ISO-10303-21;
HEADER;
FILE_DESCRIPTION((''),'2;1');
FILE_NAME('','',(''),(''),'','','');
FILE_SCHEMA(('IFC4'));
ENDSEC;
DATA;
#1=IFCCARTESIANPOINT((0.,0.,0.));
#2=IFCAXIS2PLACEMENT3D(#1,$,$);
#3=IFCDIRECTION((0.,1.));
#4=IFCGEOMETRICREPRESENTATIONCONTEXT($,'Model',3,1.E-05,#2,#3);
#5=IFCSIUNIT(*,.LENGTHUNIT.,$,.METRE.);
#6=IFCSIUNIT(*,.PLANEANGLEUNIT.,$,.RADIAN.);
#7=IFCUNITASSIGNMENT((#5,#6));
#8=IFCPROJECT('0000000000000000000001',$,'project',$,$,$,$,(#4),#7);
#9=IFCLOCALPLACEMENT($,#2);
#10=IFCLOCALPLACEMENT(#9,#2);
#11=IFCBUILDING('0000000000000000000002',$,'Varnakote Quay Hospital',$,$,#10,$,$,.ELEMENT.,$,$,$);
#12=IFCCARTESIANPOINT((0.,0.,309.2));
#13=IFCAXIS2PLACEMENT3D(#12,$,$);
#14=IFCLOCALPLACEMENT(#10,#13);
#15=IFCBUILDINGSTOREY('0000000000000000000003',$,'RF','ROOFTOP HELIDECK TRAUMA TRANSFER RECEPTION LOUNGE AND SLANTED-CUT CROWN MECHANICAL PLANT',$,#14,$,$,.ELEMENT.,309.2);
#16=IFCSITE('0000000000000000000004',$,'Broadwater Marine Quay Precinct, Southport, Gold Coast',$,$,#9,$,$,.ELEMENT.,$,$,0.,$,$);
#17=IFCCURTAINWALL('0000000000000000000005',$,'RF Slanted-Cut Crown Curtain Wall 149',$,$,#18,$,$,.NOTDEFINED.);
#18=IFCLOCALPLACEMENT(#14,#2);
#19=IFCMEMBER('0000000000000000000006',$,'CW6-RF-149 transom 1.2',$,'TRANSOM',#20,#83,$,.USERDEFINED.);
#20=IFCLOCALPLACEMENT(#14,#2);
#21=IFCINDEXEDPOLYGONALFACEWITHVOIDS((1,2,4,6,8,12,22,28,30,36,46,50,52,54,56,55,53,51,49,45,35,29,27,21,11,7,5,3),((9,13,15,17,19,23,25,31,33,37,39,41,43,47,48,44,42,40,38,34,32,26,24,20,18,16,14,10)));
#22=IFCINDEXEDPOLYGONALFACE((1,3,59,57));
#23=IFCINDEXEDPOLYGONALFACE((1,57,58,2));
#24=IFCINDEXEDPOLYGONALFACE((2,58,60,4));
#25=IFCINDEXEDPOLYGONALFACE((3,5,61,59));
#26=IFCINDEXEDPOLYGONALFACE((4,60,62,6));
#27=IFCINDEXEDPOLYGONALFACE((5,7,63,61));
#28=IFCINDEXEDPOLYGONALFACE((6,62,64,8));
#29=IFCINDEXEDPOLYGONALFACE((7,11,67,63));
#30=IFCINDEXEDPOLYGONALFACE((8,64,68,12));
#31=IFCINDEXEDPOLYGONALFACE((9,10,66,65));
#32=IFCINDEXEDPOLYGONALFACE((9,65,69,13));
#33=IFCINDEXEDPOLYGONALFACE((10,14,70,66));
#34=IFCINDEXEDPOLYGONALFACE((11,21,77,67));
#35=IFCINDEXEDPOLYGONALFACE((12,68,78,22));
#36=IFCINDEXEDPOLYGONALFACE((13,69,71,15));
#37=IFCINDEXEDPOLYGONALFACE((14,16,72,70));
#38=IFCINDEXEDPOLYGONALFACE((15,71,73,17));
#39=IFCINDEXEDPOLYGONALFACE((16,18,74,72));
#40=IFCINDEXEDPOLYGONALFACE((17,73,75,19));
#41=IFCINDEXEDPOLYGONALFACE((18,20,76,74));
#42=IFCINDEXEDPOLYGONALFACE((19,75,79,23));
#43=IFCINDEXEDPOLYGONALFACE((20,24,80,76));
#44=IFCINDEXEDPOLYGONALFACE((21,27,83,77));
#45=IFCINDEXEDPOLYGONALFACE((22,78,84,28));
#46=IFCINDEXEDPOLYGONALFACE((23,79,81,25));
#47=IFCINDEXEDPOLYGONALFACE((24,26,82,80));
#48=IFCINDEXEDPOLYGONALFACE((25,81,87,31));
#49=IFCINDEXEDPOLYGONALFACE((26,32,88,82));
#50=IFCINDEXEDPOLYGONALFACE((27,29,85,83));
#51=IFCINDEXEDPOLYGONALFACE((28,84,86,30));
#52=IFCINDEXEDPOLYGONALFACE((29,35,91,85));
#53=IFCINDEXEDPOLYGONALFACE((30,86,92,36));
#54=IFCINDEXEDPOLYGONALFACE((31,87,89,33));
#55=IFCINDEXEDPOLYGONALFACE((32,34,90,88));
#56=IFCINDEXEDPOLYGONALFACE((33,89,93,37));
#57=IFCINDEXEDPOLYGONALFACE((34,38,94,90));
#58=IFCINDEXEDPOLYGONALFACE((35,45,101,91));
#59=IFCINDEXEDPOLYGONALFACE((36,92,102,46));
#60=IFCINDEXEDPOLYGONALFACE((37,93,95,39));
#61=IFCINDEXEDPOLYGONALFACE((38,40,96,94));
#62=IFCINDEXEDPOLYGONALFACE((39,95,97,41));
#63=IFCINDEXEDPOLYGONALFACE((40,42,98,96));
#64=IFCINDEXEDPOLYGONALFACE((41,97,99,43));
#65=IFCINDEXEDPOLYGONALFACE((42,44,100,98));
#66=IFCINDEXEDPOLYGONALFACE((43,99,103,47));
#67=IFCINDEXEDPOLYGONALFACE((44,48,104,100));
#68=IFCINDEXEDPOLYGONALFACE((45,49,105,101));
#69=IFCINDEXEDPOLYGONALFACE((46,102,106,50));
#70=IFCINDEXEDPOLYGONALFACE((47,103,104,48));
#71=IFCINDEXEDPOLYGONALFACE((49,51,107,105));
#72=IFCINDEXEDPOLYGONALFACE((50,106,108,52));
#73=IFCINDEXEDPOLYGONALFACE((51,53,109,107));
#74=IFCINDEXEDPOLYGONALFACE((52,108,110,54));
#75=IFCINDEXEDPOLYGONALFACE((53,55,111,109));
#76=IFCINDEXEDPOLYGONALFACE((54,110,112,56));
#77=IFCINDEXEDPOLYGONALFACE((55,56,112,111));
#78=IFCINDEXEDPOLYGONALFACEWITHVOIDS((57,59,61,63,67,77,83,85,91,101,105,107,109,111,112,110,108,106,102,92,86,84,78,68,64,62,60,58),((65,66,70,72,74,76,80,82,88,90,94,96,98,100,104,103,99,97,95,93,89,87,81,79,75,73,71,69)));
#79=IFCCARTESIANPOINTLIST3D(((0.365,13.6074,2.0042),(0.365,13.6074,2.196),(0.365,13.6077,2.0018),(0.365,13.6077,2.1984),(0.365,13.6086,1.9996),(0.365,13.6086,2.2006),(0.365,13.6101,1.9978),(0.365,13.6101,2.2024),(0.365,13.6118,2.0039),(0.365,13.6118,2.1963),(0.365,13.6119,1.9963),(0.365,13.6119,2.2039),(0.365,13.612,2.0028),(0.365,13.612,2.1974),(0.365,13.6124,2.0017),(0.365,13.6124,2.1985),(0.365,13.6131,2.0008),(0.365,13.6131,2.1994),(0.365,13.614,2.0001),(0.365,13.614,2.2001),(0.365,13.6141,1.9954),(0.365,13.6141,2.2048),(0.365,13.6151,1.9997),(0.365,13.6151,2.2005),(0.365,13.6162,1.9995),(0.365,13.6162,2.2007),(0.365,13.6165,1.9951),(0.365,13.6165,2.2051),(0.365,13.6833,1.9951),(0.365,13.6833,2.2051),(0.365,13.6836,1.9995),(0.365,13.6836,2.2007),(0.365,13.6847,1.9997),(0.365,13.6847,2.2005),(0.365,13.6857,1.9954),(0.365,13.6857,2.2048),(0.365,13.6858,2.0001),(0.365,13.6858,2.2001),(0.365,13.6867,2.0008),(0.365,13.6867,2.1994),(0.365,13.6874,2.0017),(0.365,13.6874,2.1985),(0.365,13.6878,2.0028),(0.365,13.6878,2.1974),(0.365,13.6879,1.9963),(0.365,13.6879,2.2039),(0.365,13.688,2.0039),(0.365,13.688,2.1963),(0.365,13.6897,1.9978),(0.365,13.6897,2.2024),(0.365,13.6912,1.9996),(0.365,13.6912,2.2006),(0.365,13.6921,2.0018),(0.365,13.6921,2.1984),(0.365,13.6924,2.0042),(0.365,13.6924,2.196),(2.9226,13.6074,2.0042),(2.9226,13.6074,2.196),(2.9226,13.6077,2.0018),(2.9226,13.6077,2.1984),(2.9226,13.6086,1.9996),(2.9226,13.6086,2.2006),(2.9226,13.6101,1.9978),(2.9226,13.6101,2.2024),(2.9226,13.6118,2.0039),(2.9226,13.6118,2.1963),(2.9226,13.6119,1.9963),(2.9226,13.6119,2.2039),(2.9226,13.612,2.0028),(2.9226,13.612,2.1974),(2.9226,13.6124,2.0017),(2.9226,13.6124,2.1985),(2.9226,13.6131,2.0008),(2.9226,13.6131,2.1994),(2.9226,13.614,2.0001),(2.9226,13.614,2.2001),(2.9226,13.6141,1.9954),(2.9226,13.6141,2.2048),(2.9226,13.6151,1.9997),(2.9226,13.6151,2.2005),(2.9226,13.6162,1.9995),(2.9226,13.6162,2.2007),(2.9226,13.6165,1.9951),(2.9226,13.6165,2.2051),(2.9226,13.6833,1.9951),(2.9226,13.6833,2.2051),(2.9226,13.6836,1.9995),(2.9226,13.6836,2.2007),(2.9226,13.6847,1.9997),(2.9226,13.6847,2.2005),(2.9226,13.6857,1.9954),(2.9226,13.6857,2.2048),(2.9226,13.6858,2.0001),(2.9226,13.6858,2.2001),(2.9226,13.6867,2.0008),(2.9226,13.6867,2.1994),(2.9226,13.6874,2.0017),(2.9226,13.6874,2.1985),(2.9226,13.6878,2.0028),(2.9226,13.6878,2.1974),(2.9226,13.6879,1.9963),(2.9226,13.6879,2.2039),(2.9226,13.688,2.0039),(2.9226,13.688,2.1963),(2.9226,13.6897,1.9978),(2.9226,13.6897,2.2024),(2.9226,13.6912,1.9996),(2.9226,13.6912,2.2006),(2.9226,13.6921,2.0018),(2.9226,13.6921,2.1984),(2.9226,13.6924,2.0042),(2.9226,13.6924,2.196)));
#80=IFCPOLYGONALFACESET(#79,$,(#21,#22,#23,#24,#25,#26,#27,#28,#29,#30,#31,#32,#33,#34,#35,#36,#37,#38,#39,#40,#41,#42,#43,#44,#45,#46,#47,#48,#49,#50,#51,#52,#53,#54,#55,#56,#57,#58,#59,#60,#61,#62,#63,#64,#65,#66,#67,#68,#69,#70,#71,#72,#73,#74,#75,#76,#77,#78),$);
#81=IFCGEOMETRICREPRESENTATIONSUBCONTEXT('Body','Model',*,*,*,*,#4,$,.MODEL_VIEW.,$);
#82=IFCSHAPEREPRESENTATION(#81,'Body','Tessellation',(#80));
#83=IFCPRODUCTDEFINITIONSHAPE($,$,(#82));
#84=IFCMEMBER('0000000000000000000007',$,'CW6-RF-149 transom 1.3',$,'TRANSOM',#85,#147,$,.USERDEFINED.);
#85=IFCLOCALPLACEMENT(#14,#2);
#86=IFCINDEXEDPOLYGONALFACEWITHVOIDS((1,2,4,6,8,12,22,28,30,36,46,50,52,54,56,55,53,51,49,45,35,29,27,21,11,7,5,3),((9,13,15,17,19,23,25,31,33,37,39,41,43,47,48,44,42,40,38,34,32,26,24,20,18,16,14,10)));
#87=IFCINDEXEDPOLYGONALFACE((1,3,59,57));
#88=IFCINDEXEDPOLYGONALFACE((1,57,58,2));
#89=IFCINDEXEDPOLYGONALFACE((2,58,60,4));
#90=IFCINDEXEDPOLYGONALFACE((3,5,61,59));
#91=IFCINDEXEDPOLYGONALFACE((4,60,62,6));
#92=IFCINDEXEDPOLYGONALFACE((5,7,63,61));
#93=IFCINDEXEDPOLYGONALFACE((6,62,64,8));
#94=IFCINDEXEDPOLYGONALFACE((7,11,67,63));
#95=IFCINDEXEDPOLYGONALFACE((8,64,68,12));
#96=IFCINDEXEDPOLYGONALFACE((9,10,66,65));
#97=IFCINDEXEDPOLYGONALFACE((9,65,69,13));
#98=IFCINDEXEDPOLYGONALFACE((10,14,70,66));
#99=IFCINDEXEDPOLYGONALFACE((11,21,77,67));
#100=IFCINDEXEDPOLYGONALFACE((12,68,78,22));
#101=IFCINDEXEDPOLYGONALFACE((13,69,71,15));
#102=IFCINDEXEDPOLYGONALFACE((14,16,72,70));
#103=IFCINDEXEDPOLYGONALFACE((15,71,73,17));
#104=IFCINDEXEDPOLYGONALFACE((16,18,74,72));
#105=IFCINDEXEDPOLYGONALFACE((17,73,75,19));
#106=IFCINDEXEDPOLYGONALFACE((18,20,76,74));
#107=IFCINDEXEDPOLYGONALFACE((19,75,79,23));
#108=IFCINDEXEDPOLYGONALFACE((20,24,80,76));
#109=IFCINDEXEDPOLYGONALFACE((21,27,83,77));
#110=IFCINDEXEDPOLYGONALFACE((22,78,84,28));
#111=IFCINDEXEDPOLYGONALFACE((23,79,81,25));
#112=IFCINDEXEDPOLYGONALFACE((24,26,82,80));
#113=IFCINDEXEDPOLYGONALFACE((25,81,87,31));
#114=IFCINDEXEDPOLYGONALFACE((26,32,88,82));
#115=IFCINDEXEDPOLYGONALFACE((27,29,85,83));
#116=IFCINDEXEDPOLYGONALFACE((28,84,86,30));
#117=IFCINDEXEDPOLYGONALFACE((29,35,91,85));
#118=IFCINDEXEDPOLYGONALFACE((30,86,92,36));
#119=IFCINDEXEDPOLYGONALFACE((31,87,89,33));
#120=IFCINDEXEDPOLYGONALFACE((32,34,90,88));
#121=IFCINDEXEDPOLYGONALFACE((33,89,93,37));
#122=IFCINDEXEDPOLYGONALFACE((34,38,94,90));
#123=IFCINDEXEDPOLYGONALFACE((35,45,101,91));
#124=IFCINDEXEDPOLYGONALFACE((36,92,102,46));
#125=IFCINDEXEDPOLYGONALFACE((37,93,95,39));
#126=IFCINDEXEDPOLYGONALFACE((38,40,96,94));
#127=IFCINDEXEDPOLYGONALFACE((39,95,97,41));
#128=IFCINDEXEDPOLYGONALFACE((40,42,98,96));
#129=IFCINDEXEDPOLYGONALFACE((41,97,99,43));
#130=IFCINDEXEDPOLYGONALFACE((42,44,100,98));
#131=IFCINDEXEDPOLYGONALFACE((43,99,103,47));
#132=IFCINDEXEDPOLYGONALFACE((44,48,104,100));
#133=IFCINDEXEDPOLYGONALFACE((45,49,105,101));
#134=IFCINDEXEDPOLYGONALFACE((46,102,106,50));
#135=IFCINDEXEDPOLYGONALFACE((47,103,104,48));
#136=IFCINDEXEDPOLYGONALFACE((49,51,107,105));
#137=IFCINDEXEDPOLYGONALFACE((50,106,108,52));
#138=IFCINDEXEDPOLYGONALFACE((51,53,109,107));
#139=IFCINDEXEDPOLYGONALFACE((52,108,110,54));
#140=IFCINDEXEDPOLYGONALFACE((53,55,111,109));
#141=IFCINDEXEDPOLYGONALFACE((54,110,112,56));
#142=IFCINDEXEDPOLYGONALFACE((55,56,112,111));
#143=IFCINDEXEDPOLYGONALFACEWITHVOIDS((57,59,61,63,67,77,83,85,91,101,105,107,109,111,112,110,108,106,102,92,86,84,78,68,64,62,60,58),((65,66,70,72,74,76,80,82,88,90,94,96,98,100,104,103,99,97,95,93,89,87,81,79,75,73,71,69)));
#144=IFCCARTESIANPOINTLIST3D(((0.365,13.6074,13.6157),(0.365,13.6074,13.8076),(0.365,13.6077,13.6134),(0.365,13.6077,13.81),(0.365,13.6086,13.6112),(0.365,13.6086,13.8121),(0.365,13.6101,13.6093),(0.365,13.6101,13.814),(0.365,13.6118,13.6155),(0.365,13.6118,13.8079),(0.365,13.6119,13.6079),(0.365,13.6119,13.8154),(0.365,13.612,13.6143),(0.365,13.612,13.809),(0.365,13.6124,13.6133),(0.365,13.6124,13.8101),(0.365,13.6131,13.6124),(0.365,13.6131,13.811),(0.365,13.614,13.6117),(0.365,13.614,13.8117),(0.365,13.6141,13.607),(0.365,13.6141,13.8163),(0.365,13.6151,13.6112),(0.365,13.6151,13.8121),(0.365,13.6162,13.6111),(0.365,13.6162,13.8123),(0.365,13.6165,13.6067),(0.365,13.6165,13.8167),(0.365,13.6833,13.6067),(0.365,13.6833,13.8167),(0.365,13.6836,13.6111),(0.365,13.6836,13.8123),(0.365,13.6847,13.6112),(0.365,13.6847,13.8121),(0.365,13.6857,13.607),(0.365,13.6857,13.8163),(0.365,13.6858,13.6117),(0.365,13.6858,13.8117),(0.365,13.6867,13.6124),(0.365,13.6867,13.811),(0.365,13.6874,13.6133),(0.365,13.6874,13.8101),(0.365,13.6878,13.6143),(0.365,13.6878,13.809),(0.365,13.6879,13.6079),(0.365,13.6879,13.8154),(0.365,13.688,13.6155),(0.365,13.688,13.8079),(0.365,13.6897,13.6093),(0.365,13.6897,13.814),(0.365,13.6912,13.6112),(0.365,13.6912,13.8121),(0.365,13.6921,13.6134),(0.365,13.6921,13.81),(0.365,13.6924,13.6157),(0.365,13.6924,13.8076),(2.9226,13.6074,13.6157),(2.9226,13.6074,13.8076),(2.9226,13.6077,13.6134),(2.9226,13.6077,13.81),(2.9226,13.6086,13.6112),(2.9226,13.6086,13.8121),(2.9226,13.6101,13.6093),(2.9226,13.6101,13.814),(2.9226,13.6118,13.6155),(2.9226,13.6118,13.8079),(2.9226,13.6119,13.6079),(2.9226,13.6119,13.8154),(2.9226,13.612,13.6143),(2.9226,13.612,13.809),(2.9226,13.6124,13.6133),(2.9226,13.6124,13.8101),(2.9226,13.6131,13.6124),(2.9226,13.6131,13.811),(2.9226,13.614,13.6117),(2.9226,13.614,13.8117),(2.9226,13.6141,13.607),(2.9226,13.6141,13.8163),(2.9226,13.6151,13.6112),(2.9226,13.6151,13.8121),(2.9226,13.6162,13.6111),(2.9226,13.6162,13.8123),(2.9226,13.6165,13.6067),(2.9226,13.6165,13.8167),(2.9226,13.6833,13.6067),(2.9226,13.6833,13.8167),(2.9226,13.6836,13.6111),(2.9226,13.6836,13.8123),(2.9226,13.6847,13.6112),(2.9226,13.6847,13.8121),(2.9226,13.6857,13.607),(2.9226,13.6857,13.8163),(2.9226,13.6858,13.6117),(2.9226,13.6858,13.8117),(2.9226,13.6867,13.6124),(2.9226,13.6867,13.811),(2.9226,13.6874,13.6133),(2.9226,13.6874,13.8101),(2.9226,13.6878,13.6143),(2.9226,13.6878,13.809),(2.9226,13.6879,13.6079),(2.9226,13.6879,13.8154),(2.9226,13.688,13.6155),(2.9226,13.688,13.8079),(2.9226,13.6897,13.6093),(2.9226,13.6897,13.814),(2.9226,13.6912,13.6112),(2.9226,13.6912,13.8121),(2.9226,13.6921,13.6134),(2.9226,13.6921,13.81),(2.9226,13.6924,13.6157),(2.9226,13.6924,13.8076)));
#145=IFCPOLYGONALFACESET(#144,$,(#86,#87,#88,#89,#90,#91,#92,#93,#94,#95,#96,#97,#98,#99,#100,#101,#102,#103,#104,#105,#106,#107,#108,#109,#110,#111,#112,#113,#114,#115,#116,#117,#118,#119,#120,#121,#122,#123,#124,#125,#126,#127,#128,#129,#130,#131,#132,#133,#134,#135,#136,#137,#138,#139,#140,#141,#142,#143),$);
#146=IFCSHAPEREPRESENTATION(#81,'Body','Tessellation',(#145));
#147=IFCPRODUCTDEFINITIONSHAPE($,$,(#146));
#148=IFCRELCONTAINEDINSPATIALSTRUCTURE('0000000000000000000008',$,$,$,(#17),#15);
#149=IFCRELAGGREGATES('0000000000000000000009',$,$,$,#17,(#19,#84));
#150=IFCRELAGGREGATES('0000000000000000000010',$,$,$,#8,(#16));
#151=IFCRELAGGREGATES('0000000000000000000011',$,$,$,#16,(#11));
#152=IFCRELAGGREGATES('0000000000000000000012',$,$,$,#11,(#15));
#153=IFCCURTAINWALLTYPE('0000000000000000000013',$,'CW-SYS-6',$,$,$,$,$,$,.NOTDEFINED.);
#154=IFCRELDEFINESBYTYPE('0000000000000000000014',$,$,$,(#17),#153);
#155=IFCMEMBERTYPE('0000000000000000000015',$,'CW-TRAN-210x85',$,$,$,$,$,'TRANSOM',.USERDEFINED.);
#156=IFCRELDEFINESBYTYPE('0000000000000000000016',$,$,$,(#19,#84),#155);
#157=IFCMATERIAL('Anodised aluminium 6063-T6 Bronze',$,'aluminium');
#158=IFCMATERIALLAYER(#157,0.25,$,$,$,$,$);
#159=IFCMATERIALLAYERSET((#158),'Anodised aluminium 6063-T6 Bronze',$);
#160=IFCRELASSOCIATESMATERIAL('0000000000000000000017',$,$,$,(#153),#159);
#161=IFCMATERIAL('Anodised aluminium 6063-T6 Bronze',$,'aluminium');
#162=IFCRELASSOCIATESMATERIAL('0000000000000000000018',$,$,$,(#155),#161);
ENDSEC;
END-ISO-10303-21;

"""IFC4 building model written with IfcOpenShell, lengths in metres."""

from ifc_helpers import new_model, si_unit, direction, frame, origin, origin_2d, place, context, subcontext, project, spatial, hollow_rectangle, extrude, material, layer, layer_set, material_profile, profile_set, type_object, element, aggregate, save


model = new_model("IFC4")

# Units and contexts
model_context = context("Model", 3, precision=1e-05, world=origin(), true_north=direction((0.0, 1.0)))
body_context = subcontext(model_context, "Body", "Model", "MODEL_VIEW")
ifc_project = project(units=[si_unit("LENGTHUNIT", "METRE"), si_unit("PLANEANGLEUNIT", "RADIAN")], contexts=[model_context])

# Site, building, storey
site_placement = place(None, origin())
site = spatial("IfcSite", under=ifc_project, at=site_placement, Name="Broadwater Marine Quay Precinct, Southport, Gold Coast", CompositionType="ELEMENT", RefElevation=0.0)
building_placement = place(site_placement, origin())
building = spatial("IfcBuilding", under=site, at=building_placement, Name="Varnakote Quay Hospital", CompositionType="ELEMENT")
storey_placement = place(building_placement, frame((0.0, 0.0, 309.2)))
storey = spatial("IfcBuildingStorey", under=building, at=storey_placement, Name="RF", Description="ROOFTOP HELIDECK TRAUMA TRANSFER RECEPTION LOUNGE AND SLANTED-CUT CROWN MECHANICAL PLANT", CompositionType="ELEMENT", Elevation=309.2)

# Curtain wall, members
ifc_material_1 = material(Name="Anodised aluminium 6063-T6 Bronze", Category="aluminium")
ifc_layer_1 = layer(ifc_material_1, 0.25)
ifc_layer_set_1 = layer_set([ifc_layer_1], Name="Anodised aluminium 6063-T6 Bronze")
curtain_wall_type = type_object("IfcCurtainWallType", Name="CW-SYS-6", PredefinedType="NOTDEFINED", material=ifc_layer_set_1)
curtain_wall_placement = place(storey_placement, origin())
curtain_wall = element("IfcCurtainWall", 1, at=curtain_wall_placement, inside=storey, type_object=curtain_wall_type, Name="RF Slanted-Cut Crown Curtain Wall 149", PredefinedType="NOTDEFINED")
ifc_material_2 = material(Name="Anodised aluminium 6063-T6 Bronze", Category="aluminium")
ifc_material_profile_1 = material_profile(ifc_material_2, hollow_rectangle(XDim=0.085, YDim=0.21, WallThickness=0.0044, InnerFilletRadius=0.0044, OuterFilletRadius=0.009, at=origin_2d()), Name="CW-TRAN-210x85")
ifc_profile_set_1 = profile_set([ifc_material_profile_1], Name="Anodised aluminium 6063-T6 Bronze")
member_type_1 = type_object("IfcMemberType", Name="CW-TRAN-210x85", ElementType="TRANSOM", PredefinedType="USERDEFINED", material=ifc_profile_set_1)
member_1_placement = place(storey_placement, frame((0.365, 13.6499, 2.1001), z_axis=(1.0, 0.0, 0.0), x_axis=(0.0, 1.0, 0.0)))
member_1 = element("IfcMember", 2, at=member_1_placement, type_object=member_type_1, Name="CW6-RF-149 transom 1.2", ObjectType="TRANSOM", PredefinedType="USERDEFINED", context=body_context, shape_type="SweptSolid", body=[
    extrude(hollow_rectangle(XDim=0.085, YDim=0.21, WallThickness=0.0044, InnerFilletRadius=0.0044, OuterFilletRadius=0.009, at=origin_2d()), origin(), (0.0, 0.0, 1.0), 2.5576),
])
member_2_placement = place(storey_placement, frame((0.365, 13.6499, 13.7117), z_axis=(1.0, 0.0, 0.0), x_axis=(0.0, 1.0, 0.0)))
member_2 = element("IfcMember", 3, at=member_2_placement, type_object=member_type_1, Name="CW6-RF-149 transom 1.3", ObjectType="TRANSOM", PredefinedType="USERDEFINED", context=body_context, shape_type="SweptSolid", body=[
    extrude(hollow_rectangle(XDim=0.085, YDim=0.21, WallThickness=0.0044, InnerFilletRadius=0.0044, OuterFilletRadius=0.009, at=origin_2d()), origin(), (0.0, 0.0, 1.0), 2.5576),
])
aggregate(curtain_wall, [member_1, member_2])

save(model, "model.ifc")
